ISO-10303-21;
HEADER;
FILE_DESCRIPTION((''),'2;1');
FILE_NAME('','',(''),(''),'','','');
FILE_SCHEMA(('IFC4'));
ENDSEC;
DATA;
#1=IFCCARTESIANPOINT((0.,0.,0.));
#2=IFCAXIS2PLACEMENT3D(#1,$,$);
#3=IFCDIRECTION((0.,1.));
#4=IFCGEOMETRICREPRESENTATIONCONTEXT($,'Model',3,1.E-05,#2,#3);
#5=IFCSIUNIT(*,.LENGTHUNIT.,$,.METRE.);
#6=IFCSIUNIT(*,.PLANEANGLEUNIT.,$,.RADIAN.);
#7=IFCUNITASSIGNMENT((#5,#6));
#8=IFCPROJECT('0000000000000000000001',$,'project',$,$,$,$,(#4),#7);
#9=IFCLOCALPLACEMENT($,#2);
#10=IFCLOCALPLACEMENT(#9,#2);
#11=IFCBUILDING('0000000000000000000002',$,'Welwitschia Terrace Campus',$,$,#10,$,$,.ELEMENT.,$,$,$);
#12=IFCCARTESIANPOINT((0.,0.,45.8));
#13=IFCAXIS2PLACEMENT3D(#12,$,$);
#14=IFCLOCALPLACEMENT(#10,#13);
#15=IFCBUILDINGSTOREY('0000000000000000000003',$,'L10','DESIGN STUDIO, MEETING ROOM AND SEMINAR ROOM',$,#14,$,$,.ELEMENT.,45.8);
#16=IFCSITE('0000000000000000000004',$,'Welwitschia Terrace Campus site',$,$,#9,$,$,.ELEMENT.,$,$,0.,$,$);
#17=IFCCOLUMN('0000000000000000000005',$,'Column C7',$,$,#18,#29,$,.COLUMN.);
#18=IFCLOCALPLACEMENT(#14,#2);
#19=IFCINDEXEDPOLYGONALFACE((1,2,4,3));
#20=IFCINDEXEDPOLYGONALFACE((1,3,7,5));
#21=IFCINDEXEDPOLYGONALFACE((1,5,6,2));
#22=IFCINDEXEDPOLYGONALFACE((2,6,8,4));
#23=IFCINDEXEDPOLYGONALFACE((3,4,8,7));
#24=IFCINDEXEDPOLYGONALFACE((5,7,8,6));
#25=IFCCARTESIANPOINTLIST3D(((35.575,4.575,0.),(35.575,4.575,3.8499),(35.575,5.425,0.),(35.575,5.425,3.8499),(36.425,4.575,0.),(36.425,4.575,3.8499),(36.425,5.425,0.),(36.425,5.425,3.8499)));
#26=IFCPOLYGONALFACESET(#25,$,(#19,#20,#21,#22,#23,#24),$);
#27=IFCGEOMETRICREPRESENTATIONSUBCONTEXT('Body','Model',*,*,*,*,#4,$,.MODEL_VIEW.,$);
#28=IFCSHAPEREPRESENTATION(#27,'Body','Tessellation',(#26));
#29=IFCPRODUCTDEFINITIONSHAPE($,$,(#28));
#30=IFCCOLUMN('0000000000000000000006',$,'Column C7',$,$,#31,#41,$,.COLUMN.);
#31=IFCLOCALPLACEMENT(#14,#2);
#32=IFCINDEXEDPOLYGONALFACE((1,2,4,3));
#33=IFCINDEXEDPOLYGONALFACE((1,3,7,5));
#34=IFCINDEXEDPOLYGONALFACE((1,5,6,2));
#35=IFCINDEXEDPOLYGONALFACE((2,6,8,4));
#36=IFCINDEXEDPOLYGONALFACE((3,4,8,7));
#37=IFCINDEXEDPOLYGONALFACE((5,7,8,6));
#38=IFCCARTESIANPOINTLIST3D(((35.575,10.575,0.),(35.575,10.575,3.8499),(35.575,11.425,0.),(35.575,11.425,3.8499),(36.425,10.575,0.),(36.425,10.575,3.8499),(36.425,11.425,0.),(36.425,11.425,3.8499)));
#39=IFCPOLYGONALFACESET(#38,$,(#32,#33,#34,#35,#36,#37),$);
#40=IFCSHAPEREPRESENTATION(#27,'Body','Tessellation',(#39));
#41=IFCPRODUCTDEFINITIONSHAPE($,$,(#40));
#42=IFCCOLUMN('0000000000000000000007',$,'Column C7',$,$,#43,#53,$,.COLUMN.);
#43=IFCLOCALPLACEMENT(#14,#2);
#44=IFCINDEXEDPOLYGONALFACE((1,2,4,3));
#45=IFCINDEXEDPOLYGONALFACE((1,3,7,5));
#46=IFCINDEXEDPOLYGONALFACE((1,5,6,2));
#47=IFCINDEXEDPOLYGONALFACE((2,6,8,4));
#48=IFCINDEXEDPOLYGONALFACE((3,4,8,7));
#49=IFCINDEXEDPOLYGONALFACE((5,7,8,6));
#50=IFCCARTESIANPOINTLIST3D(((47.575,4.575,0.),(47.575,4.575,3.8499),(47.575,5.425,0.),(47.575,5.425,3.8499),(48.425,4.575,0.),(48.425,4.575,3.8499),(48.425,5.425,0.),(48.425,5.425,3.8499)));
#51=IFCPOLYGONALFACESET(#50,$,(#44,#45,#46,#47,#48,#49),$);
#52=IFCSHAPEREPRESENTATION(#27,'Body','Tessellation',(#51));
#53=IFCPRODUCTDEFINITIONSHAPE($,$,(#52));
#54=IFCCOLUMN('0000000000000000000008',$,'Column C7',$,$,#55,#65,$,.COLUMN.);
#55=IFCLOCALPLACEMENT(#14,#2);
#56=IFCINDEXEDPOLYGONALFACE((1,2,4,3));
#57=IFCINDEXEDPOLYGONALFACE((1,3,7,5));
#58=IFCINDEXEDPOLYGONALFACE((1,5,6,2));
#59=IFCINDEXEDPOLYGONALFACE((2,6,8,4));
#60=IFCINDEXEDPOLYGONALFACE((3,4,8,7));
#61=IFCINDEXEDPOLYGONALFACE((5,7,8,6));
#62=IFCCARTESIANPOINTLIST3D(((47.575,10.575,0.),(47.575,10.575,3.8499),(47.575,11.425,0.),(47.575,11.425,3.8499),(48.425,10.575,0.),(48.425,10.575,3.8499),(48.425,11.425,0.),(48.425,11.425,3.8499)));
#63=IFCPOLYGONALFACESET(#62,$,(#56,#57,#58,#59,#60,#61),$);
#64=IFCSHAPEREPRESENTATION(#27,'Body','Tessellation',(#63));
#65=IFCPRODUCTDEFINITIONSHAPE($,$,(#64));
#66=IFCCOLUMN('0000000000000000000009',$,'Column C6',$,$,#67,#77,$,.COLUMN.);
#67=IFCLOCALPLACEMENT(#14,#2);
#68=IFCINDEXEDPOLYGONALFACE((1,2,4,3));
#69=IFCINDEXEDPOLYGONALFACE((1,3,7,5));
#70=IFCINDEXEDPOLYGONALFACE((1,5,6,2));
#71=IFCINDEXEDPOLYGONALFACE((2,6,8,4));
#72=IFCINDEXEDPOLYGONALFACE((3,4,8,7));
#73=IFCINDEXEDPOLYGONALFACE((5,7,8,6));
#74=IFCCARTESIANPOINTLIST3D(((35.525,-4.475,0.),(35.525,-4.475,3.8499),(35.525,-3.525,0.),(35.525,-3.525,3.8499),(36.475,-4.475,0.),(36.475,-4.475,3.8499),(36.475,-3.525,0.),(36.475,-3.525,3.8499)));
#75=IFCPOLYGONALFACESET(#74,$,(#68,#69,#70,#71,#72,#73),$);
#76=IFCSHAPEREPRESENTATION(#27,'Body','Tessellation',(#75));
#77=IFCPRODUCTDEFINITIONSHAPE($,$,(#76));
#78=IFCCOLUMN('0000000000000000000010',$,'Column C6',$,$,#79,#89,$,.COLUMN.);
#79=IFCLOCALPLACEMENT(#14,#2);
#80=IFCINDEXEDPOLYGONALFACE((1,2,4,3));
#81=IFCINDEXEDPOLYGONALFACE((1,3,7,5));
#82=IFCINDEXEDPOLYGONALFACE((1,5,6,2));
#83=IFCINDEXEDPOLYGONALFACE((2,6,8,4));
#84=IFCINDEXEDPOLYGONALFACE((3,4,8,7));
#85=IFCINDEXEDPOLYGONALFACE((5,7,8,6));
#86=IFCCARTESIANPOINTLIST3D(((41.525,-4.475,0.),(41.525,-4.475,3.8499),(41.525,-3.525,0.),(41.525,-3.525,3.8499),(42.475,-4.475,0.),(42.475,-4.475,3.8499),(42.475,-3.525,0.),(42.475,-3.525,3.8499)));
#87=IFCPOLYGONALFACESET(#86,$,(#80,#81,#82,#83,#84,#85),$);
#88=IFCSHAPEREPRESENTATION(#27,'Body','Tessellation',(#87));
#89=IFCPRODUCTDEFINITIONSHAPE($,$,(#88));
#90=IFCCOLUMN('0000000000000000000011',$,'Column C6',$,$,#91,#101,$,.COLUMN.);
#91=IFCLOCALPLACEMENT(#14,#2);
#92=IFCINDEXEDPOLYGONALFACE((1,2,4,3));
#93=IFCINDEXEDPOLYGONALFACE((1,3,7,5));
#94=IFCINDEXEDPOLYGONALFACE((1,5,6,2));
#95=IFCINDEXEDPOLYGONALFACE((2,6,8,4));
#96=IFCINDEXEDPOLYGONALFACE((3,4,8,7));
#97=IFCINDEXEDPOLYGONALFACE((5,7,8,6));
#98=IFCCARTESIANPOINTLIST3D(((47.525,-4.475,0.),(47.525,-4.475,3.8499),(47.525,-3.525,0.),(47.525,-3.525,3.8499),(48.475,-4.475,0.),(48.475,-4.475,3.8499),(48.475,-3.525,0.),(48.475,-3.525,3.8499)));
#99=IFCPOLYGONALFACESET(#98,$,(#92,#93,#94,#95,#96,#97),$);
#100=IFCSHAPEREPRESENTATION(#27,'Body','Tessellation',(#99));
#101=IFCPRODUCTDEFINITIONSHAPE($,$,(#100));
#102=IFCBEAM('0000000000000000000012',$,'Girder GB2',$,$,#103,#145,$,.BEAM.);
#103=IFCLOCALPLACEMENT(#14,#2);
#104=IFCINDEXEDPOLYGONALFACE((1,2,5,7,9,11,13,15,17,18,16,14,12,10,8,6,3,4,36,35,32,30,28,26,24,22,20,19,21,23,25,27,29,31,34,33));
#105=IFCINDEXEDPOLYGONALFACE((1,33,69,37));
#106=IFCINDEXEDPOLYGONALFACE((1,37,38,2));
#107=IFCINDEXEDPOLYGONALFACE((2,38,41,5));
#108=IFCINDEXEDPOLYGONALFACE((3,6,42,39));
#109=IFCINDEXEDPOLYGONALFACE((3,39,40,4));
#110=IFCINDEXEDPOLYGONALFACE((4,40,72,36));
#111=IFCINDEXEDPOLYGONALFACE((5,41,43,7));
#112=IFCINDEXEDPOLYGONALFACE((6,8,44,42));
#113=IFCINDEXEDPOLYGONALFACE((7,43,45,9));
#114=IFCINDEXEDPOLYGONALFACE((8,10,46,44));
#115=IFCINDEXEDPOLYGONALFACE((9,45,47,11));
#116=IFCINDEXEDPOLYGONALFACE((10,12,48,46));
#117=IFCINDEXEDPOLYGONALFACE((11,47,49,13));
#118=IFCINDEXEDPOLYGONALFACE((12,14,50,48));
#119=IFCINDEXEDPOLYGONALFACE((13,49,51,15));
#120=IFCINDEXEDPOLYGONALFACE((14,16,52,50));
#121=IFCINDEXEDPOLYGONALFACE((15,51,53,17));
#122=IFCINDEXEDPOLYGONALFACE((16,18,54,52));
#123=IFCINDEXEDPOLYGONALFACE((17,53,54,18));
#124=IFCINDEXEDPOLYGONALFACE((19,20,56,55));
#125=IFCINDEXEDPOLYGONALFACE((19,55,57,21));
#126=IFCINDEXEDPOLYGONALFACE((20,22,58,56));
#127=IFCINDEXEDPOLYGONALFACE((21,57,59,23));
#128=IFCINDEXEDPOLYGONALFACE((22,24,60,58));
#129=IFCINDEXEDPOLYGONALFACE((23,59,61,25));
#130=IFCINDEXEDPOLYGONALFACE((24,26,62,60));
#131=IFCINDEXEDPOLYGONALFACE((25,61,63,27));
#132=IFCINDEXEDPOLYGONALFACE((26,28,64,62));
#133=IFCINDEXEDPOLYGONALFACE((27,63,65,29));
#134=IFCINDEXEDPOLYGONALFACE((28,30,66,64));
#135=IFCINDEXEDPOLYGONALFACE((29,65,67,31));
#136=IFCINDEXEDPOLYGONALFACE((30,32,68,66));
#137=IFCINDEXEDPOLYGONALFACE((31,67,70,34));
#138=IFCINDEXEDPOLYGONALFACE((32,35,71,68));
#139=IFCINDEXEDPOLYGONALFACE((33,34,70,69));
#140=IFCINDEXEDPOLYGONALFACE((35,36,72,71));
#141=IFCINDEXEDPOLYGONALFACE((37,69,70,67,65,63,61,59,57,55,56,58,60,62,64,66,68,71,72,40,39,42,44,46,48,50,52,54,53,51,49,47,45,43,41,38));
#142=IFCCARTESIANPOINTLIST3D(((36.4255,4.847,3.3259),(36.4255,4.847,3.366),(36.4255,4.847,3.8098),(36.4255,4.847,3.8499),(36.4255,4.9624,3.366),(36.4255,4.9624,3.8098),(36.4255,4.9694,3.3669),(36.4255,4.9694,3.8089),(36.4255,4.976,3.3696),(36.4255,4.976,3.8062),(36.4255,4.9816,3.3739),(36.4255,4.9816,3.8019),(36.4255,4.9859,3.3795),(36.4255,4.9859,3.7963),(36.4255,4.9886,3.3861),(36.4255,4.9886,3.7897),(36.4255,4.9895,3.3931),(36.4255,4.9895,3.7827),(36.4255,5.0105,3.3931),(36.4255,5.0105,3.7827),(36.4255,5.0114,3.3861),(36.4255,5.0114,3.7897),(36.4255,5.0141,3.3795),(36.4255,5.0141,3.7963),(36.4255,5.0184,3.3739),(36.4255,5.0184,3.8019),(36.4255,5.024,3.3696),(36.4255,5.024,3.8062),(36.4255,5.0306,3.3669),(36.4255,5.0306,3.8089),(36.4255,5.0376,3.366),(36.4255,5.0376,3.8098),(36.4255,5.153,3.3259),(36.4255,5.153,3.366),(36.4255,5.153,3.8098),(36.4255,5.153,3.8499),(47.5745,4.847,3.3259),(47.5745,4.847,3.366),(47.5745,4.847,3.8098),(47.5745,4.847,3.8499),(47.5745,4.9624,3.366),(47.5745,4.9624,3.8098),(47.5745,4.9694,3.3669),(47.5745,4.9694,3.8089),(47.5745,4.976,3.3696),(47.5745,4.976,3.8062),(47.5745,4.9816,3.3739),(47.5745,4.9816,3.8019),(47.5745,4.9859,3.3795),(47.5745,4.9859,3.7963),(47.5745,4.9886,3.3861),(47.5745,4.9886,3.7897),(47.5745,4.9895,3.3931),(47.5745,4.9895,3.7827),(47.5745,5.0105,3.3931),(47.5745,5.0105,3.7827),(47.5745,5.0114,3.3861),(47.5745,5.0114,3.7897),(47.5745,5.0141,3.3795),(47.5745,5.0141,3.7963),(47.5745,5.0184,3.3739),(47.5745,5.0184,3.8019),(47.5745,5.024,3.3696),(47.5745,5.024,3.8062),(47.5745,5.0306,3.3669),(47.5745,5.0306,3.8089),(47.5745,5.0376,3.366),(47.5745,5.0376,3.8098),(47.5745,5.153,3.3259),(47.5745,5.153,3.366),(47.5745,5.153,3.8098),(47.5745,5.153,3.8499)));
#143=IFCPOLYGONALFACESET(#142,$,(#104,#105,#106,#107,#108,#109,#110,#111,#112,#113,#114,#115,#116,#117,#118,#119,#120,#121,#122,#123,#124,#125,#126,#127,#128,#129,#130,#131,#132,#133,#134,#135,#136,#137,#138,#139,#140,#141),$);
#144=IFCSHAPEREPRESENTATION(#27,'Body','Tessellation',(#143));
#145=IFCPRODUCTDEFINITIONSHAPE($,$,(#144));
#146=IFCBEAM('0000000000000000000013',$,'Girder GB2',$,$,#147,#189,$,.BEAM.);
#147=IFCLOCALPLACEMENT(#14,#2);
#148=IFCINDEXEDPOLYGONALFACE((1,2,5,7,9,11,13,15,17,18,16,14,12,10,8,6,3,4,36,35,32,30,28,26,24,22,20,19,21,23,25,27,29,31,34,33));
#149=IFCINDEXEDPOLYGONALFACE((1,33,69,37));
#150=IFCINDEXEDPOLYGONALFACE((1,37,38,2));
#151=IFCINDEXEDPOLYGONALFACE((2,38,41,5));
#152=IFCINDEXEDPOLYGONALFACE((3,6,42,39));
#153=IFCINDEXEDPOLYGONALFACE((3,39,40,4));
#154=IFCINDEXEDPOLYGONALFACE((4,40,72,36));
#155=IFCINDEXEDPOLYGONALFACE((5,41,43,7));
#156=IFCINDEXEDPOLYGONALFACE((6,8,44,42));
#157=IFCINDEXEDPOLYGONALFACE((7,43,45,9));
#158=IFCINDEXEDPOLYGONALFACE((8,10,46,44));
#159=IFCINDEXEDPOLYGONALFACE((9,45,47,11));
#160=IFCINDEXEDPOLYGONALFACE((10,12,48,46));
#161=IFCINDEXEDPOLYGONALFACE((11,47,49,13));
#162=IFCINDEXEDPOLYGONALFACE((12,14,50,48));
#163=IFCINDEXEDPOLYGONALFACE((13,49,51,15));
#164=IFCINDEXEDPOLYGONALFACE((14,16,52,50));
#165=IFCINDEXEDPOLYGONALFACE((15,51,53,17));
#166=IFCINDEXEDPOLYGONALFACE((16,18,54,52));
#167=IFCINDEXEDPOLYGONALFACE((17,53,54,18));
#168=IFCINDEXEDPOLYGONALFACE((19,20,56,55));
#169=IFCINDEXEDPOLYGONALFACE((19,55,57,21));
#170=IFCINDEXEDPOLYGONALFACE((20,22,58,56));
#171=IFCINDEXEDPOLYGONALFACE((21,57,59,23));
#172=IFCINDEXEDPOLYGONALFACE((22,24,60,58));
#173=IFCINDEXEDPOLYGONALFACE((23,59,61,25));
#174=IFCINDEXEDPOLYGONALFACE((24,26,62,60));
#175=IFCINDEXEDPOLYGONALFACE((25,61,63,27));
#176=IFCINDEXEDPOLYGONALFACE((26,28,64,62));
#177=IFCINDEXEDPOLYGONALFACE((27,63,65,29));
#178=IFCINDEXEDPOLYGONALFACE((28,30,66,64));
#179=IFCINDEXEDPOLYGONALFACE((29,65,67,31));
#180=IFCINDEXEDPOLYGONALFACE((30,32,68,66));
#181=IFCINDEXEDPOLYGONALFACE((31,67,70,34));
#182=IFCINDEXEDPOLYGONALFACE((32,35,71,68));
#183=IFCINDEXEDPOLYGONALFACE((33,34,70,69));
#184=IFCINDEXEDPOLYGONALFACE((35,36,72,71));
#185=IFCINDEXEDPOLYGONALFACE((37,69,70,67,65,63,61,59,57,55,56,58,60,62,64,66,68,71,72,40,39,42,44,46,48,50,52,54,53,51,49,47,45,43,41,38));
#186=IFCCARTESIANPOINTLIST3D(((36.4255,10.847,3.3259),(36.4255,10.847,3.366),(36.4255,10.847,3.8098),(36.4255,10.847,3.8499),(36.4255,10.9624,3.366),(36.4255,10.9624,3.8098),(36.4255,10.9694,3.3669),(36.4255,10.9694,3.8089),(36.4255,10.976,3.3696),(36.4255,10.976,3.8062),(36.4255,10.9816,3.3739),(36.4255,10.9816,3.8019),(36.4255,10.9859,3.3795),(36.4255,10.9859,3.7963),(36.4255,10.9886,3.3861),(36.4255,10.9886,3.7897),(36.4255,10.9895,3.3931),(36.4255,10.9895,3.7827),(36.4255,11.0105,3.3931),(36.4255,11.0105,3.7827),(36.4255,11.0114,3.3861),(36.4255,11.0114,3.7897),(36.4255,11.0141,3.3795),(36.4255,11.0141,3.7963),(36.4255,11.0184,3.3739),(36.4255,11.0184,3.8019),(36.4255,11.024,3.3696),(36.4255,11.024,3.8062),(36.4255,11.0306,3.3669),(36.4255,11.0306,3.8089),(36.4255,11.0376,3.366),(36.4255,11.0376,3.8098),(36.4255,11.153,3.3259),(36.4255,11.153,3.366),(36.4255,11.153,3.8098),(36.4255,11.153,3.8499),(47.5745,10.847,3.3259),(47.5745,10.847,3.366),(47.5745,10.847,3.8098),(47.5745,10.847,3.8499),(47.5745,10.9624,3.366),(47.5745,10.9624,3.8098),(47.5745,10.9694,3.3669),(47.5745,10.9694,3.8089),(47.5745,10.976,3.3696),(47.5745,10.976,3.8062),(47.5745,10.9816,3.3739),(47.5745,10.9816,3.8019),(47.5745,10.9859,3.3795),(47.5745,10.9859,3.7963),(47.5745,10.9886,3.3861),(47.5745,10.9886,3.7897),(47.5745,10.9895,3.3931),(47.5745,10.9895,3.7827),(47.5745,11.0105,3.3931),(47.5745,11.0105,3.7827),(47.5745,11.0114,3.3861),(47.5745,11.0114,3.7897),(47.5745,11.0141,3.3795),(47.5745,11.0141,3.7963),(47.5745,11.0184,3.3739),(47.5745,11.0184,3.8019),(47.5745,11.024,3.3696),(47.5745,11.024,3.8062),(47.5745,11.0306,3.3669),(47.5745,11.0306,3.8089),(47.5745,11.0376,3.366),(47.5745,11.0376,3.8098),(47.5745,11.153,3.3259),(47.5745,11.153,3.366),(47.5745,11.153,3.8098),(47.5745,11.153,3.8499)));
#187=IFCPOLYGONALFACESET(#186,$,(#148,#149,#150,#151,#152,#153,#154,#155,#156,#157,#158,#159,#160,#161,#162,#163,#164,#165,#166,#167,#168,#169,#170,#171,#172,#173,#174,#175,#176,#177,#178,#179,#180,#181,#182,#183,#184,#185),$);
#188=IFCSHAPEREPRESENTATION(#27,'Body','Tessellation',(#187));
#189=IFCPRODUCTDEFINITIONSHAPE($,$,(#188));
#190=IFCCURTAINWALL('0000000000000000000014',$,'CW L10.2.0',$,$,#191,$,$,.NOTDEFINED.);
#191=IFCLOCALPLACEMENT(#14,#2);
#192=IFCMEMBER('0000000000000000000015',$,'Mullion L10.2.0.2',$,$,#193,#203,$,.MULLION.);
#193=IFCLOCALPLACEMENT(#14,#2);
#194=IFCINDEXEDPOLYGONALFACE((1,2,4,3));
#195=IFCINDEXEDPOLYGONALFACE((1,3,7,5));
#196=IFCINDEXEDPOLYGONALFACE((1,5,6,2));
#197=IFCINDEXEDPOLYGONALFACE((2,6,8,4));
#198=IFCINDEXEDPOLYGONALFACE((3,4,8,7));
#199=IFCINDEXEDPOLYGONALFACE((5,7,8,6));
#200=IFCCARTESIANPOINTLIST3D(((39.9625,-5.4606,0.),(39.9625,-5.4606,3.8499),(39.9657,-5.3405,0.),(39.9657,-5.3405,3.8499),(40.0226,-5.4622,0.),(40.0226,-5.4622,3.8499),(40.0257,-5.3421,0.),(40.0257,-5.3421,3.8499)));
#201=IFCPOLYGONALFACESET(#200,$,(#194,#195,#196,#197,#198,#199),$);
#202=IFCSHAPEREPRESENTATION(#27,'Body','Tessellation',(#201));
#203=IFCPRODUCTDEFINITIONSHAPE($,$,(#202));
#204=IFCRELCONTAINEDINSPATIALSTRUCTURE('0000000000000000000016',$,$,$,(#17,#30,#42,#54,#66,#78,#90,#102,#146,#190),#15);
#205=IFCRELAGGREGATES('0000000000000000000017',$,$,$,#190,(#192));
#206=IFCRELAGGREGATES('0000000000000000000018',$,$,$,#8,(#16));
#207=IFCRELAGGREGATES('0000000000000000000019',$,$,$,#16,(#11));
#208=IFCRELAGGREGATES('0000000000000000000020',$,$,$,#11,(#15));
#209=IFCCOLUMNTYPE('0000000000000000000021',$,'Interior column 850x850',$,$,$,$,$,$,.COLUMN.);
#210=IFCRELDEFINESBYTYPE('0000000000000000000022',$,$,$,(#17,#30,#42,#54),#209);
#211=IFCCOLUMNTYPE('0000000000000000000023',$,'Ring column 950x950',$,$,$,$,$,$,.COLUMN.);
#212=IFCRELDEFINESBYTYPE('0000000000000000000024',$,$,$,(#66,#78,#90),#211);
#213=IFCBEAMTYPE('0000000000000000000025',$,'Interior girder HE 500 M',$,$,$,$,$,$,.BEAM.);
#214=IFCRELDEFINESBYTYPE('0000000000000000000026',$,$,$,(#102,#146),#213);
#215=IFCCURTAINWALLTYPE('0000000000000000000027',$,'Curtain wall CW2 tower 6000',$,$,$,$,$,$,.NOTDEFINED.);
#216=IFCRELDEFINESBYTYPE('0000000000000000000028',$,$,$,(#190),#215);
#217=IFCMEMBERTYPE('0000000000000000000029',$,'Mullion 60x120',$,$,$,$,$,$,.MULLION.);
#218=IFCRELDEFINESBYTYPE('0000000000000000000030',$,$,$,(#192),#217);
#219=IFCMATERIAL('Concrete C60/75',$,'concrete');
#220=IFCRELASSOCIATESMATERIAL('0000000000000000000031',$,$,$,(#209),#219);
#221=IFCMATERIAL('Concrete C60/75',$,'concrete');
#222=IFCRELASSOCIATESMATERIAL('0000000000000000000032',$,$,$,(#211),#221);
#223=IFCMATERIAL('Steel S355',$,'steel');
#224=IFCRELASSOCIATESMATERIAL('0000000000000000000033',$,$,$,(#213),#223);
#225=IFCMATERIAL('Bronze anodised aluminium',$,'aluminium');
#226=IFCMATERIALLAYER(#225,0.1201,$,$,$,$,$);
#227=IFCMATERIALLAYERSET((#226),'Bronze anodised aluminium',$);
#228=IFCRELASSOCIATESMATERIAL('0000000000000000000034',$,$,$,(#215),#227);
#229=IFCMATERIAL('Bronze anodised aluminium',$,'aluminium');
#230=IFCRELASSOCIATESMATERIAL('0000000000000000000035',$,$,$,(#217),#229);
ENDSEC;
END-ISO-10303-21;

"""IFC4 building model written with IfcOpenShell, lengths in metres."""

from ifc_helpers import new_model, si_unit, direction, frame, origin, origin_2d, place, context, subcontext, project, spatial, rectangle, i_section, extrude, material, layer, layer_set, material_profile, profile_set, type_object, element, aggregate, save


model = new_model("IFC4")

# Units and contexts
model_context = context("Model", 3, precision=1e-05, world=origin(), true_north=direction((0.0, 1.0)))
body_context = subcontext(model_context, "Body", "Model", "MODEL_VIEW")
ifc_project = project(units=[si_unit("LENGTHUNIT", "METRE"), si_unit("PLANEANGLEUNIT", "RADIAN")], contexts=[model_context])

# Site, building, storey
site_placement = place(None, origin())
site = spatial("IfcSite", under=ifc_project, at=site_placement, Name="Welwitschia Terrace Campus site", CompositionType="ELEMENT", RefElevation=0.0)
building_placement = place(site_placement, origin())
building = spatial("IfcBuilding", under=site, at=building_placement, Name="Welwitschia Terrace Campus", CompositionType="ELEMENT")
storey_placement = place(building_placement, frame((0.0, 0.0, 45.8)))
storey = spatial("IfcBuildingStorey", under=building, at=storey_placement, Name="L10", Description="DESIGN STUDIO, MEETING ROOM AND SEMINAR ROOM", CompositionType="ELEMENT", Elevation=45.8)

# Columns
ifc_material_1 = material(Name="Concrete C60/75", Category="concrete")
ifc_material_profile_1 = material_profile(ifc_material_1, rectangle(XDim=0.8501, YDim=0.8501, at=origin_2d()))
ifc_profile_set_1 = profile_set([ifc_material_profile_1], Name="Concrete C60/75")
column_type_1 = type_object("IfcColumnType", Name="Interior column 850x850", PredefinedType="COLUMN", material=ifc_profile_set_1)
for number, where, z_axis, x_axis, name in (
    (1, (36.0, 5.0, 0.0), (0.0, 0.0, 1.0), (1.0, 0.0, 0.0), "Column C7"),
    (2, (36.0, 11.0, 0.0), (0.0, 0.0, 1.0), (1.0, 0.0, 0.0), "Column C7"),
    (3, (48.0, 5.0, 0.0), (0.0, 0.0, 1.0), (1.0, 0.0, 0.0), "Column C7"),
    (4, (48.0, 11.0, 0.0), (0.0, 0.0, 1.0), (1.0, 0.0, 0.0), "Column C7"),
):
    element("IfcColumn", number, at=place(storey_placement, frame(where, z_axis=z_axis, x_axis=x_axis)), inside=storey, type_object=column_type_1, Name=name, PredefinedType="COLUMN", context=body_context, shape_type="SweptSolid", body=[
        extrude(rectangle(XDim=0.8501, YDim=0.8501, at=origin_2d()), origin(), (0.0, 0.0, 1.0), 3.8499),
    ])
ifc_material_2 = material(Name="Concrete C60/75", Category="concrete")
ifc_material_profile_2 = material_profile(ifc_material_2, rectangle(XDim=0.95, YDim=0.95, at=origin_2d()))
ifc_profile_set_2 = profile_set([ifc_material_profile_2], Name="Concrete C60/75")
column_type_2 = type_object("IfcColumnType", Name="Ring column 950x950", PredefinedType="COLUMN", material=ifc_profile_set_2)
for number, where, z_axis, x_axis, name in (
    (5, (36.0, -4.0, 0.0), (0.0, 0.0, 1.0), (1.0, 0.0, 0.0), "Column C6"),
    (6, (42.0, -4.0, 0.0), (0.0, 0.0, 1.0), (1.0, 0.0, 0.0), "Column C6"),
    (7, (48.0, -4.0, 0.0), (0.0, 0.0, 1.0), (1.0, 0.0, 0.0), "Column C6"),
):
    element("IfcColumn", number, at=place(storey_placement, frame(where, z_axis=z_axis, x_axis=x_axis)), inside=storey, type_object=column_type_2, Name=name, PredefinedType="COLUMN", context=body_context, shape_type="SweptSolid", body=[
        extrude(rectangle(XDim=0.95, YDim=0.95, at=origin_2d()), origin(), (0.0, 0.0, 1.0), 3.8499),
    ])

# Beams
ifc_material_3 = material(Name="Steel S355", Category="steel")
ifc_material_profile_3 = material_profile(ifc_material_3, i_section(OverallWidth=0.3059, OverallDepth=0.5239, WebThickness=0.021, FlangeThickness=0.04, FilletRadius=0.0271, at=origin_2d()))
ifc_profile_set_3 = profile_set([ifc_material_profile_3], Name="Steel S355")
beam_type_1 = type_object("IfcBeamType", Name="Interior girder HE 500 M", PredefinedType="BEAM", material=ifc_profile_set_3)
for number, where, z_axis, x_axis, name in (
    (8, (36.4255, 5.0, 3.5879), (1.0, 0.0, 0.0), (0.0, 1.0, 0.0), "Girder GB2"),
    (9, (36.4255, 11.0, 3.5879), (1.0, 0.0, 0.0), (0.0, 1.0, 0.0), "Girder GB2"),
):
    element("IfcBeam", number, at=place(storey_placement, frame(where, z_axis=z_axis, x_axis=x_axis)), inside=storey, type_object=beam_type_1, Name=name, PredefinedType="BEAM", context=body_context, shape_type="SweptSolid", body=[
        extrude(i_section(OverallWidth=0.3059, OverallDepth=0.5239, WebThickness=0.021, FlangeThickness=0.04, FilletRadius=0.0271, at=origin_2d()), origin(), (0.0, 0.0, 1.0), 11.1489),
    ])

# Curtain wall, member
ifc_material_4 = material(Name="Bronze anodised aluminium", Category="aluminium")
ifc_layer_1 = layer(ifc_material_4, 0.1201)
ifc_layer_set_1 = layer_set([ifc_layer_1], Name="Bronze anodised aluminium")
curtain_wall_type = type_object("IfcCurtainWallType", Name="Curtain wall CW2 tower 6000", PredefinedType="NOTDEFINED", material=ifc_layer_set_1)
curtain_wall_placement = place(storey_placement, origin())
curtain_wall = element("IfcCurtainWall", 10, at=curtain_wall_placement, inside=storey, type_object=curtain_wall_type, Name="CW L10.2.0", PredefinedType="NOTDEFINED")
ifc_material_5 = material(Name="Bronze anodised aluminium", Category="aluminium")
ifc_material_profile_4 = material_profile(ifc_material_5, rectangle(XDim=0.1201, YDim=0.0601, at=origin_2d()))
ifc_profile_set_4 = profile_set([ifc_material_profile_4], Name="Bronze anodised aluminium")
member_type = type_object("IfcMemberType", Name="Mullion 60x120", PredefinedType="MULLION", material=ifc_profile_set_4)
member_1_placement = place(storey_placement, frame((39.9941, -5.4014, 0.0), z_axis=(0.0, 0.0, 1.0), x_axis=(0.026177, 0.999657, 0.0)))
member_1 = element("IfcMember", 11, at=member_1_placement, type_object=member_type, Name="Mullion L10.2.0.2", PredefinedType="MULLION", context=body_context, shape_type="SweptSolid", body=[
    extrude(rectangle(XDim=0.1201, YDim=0.0601, at=origin_2d()), origin(), (0.0, 0.0, 1.0), 3.8499),
])

aggregate(curtain_wall, [member_1])

save(model, "model.ifc")
